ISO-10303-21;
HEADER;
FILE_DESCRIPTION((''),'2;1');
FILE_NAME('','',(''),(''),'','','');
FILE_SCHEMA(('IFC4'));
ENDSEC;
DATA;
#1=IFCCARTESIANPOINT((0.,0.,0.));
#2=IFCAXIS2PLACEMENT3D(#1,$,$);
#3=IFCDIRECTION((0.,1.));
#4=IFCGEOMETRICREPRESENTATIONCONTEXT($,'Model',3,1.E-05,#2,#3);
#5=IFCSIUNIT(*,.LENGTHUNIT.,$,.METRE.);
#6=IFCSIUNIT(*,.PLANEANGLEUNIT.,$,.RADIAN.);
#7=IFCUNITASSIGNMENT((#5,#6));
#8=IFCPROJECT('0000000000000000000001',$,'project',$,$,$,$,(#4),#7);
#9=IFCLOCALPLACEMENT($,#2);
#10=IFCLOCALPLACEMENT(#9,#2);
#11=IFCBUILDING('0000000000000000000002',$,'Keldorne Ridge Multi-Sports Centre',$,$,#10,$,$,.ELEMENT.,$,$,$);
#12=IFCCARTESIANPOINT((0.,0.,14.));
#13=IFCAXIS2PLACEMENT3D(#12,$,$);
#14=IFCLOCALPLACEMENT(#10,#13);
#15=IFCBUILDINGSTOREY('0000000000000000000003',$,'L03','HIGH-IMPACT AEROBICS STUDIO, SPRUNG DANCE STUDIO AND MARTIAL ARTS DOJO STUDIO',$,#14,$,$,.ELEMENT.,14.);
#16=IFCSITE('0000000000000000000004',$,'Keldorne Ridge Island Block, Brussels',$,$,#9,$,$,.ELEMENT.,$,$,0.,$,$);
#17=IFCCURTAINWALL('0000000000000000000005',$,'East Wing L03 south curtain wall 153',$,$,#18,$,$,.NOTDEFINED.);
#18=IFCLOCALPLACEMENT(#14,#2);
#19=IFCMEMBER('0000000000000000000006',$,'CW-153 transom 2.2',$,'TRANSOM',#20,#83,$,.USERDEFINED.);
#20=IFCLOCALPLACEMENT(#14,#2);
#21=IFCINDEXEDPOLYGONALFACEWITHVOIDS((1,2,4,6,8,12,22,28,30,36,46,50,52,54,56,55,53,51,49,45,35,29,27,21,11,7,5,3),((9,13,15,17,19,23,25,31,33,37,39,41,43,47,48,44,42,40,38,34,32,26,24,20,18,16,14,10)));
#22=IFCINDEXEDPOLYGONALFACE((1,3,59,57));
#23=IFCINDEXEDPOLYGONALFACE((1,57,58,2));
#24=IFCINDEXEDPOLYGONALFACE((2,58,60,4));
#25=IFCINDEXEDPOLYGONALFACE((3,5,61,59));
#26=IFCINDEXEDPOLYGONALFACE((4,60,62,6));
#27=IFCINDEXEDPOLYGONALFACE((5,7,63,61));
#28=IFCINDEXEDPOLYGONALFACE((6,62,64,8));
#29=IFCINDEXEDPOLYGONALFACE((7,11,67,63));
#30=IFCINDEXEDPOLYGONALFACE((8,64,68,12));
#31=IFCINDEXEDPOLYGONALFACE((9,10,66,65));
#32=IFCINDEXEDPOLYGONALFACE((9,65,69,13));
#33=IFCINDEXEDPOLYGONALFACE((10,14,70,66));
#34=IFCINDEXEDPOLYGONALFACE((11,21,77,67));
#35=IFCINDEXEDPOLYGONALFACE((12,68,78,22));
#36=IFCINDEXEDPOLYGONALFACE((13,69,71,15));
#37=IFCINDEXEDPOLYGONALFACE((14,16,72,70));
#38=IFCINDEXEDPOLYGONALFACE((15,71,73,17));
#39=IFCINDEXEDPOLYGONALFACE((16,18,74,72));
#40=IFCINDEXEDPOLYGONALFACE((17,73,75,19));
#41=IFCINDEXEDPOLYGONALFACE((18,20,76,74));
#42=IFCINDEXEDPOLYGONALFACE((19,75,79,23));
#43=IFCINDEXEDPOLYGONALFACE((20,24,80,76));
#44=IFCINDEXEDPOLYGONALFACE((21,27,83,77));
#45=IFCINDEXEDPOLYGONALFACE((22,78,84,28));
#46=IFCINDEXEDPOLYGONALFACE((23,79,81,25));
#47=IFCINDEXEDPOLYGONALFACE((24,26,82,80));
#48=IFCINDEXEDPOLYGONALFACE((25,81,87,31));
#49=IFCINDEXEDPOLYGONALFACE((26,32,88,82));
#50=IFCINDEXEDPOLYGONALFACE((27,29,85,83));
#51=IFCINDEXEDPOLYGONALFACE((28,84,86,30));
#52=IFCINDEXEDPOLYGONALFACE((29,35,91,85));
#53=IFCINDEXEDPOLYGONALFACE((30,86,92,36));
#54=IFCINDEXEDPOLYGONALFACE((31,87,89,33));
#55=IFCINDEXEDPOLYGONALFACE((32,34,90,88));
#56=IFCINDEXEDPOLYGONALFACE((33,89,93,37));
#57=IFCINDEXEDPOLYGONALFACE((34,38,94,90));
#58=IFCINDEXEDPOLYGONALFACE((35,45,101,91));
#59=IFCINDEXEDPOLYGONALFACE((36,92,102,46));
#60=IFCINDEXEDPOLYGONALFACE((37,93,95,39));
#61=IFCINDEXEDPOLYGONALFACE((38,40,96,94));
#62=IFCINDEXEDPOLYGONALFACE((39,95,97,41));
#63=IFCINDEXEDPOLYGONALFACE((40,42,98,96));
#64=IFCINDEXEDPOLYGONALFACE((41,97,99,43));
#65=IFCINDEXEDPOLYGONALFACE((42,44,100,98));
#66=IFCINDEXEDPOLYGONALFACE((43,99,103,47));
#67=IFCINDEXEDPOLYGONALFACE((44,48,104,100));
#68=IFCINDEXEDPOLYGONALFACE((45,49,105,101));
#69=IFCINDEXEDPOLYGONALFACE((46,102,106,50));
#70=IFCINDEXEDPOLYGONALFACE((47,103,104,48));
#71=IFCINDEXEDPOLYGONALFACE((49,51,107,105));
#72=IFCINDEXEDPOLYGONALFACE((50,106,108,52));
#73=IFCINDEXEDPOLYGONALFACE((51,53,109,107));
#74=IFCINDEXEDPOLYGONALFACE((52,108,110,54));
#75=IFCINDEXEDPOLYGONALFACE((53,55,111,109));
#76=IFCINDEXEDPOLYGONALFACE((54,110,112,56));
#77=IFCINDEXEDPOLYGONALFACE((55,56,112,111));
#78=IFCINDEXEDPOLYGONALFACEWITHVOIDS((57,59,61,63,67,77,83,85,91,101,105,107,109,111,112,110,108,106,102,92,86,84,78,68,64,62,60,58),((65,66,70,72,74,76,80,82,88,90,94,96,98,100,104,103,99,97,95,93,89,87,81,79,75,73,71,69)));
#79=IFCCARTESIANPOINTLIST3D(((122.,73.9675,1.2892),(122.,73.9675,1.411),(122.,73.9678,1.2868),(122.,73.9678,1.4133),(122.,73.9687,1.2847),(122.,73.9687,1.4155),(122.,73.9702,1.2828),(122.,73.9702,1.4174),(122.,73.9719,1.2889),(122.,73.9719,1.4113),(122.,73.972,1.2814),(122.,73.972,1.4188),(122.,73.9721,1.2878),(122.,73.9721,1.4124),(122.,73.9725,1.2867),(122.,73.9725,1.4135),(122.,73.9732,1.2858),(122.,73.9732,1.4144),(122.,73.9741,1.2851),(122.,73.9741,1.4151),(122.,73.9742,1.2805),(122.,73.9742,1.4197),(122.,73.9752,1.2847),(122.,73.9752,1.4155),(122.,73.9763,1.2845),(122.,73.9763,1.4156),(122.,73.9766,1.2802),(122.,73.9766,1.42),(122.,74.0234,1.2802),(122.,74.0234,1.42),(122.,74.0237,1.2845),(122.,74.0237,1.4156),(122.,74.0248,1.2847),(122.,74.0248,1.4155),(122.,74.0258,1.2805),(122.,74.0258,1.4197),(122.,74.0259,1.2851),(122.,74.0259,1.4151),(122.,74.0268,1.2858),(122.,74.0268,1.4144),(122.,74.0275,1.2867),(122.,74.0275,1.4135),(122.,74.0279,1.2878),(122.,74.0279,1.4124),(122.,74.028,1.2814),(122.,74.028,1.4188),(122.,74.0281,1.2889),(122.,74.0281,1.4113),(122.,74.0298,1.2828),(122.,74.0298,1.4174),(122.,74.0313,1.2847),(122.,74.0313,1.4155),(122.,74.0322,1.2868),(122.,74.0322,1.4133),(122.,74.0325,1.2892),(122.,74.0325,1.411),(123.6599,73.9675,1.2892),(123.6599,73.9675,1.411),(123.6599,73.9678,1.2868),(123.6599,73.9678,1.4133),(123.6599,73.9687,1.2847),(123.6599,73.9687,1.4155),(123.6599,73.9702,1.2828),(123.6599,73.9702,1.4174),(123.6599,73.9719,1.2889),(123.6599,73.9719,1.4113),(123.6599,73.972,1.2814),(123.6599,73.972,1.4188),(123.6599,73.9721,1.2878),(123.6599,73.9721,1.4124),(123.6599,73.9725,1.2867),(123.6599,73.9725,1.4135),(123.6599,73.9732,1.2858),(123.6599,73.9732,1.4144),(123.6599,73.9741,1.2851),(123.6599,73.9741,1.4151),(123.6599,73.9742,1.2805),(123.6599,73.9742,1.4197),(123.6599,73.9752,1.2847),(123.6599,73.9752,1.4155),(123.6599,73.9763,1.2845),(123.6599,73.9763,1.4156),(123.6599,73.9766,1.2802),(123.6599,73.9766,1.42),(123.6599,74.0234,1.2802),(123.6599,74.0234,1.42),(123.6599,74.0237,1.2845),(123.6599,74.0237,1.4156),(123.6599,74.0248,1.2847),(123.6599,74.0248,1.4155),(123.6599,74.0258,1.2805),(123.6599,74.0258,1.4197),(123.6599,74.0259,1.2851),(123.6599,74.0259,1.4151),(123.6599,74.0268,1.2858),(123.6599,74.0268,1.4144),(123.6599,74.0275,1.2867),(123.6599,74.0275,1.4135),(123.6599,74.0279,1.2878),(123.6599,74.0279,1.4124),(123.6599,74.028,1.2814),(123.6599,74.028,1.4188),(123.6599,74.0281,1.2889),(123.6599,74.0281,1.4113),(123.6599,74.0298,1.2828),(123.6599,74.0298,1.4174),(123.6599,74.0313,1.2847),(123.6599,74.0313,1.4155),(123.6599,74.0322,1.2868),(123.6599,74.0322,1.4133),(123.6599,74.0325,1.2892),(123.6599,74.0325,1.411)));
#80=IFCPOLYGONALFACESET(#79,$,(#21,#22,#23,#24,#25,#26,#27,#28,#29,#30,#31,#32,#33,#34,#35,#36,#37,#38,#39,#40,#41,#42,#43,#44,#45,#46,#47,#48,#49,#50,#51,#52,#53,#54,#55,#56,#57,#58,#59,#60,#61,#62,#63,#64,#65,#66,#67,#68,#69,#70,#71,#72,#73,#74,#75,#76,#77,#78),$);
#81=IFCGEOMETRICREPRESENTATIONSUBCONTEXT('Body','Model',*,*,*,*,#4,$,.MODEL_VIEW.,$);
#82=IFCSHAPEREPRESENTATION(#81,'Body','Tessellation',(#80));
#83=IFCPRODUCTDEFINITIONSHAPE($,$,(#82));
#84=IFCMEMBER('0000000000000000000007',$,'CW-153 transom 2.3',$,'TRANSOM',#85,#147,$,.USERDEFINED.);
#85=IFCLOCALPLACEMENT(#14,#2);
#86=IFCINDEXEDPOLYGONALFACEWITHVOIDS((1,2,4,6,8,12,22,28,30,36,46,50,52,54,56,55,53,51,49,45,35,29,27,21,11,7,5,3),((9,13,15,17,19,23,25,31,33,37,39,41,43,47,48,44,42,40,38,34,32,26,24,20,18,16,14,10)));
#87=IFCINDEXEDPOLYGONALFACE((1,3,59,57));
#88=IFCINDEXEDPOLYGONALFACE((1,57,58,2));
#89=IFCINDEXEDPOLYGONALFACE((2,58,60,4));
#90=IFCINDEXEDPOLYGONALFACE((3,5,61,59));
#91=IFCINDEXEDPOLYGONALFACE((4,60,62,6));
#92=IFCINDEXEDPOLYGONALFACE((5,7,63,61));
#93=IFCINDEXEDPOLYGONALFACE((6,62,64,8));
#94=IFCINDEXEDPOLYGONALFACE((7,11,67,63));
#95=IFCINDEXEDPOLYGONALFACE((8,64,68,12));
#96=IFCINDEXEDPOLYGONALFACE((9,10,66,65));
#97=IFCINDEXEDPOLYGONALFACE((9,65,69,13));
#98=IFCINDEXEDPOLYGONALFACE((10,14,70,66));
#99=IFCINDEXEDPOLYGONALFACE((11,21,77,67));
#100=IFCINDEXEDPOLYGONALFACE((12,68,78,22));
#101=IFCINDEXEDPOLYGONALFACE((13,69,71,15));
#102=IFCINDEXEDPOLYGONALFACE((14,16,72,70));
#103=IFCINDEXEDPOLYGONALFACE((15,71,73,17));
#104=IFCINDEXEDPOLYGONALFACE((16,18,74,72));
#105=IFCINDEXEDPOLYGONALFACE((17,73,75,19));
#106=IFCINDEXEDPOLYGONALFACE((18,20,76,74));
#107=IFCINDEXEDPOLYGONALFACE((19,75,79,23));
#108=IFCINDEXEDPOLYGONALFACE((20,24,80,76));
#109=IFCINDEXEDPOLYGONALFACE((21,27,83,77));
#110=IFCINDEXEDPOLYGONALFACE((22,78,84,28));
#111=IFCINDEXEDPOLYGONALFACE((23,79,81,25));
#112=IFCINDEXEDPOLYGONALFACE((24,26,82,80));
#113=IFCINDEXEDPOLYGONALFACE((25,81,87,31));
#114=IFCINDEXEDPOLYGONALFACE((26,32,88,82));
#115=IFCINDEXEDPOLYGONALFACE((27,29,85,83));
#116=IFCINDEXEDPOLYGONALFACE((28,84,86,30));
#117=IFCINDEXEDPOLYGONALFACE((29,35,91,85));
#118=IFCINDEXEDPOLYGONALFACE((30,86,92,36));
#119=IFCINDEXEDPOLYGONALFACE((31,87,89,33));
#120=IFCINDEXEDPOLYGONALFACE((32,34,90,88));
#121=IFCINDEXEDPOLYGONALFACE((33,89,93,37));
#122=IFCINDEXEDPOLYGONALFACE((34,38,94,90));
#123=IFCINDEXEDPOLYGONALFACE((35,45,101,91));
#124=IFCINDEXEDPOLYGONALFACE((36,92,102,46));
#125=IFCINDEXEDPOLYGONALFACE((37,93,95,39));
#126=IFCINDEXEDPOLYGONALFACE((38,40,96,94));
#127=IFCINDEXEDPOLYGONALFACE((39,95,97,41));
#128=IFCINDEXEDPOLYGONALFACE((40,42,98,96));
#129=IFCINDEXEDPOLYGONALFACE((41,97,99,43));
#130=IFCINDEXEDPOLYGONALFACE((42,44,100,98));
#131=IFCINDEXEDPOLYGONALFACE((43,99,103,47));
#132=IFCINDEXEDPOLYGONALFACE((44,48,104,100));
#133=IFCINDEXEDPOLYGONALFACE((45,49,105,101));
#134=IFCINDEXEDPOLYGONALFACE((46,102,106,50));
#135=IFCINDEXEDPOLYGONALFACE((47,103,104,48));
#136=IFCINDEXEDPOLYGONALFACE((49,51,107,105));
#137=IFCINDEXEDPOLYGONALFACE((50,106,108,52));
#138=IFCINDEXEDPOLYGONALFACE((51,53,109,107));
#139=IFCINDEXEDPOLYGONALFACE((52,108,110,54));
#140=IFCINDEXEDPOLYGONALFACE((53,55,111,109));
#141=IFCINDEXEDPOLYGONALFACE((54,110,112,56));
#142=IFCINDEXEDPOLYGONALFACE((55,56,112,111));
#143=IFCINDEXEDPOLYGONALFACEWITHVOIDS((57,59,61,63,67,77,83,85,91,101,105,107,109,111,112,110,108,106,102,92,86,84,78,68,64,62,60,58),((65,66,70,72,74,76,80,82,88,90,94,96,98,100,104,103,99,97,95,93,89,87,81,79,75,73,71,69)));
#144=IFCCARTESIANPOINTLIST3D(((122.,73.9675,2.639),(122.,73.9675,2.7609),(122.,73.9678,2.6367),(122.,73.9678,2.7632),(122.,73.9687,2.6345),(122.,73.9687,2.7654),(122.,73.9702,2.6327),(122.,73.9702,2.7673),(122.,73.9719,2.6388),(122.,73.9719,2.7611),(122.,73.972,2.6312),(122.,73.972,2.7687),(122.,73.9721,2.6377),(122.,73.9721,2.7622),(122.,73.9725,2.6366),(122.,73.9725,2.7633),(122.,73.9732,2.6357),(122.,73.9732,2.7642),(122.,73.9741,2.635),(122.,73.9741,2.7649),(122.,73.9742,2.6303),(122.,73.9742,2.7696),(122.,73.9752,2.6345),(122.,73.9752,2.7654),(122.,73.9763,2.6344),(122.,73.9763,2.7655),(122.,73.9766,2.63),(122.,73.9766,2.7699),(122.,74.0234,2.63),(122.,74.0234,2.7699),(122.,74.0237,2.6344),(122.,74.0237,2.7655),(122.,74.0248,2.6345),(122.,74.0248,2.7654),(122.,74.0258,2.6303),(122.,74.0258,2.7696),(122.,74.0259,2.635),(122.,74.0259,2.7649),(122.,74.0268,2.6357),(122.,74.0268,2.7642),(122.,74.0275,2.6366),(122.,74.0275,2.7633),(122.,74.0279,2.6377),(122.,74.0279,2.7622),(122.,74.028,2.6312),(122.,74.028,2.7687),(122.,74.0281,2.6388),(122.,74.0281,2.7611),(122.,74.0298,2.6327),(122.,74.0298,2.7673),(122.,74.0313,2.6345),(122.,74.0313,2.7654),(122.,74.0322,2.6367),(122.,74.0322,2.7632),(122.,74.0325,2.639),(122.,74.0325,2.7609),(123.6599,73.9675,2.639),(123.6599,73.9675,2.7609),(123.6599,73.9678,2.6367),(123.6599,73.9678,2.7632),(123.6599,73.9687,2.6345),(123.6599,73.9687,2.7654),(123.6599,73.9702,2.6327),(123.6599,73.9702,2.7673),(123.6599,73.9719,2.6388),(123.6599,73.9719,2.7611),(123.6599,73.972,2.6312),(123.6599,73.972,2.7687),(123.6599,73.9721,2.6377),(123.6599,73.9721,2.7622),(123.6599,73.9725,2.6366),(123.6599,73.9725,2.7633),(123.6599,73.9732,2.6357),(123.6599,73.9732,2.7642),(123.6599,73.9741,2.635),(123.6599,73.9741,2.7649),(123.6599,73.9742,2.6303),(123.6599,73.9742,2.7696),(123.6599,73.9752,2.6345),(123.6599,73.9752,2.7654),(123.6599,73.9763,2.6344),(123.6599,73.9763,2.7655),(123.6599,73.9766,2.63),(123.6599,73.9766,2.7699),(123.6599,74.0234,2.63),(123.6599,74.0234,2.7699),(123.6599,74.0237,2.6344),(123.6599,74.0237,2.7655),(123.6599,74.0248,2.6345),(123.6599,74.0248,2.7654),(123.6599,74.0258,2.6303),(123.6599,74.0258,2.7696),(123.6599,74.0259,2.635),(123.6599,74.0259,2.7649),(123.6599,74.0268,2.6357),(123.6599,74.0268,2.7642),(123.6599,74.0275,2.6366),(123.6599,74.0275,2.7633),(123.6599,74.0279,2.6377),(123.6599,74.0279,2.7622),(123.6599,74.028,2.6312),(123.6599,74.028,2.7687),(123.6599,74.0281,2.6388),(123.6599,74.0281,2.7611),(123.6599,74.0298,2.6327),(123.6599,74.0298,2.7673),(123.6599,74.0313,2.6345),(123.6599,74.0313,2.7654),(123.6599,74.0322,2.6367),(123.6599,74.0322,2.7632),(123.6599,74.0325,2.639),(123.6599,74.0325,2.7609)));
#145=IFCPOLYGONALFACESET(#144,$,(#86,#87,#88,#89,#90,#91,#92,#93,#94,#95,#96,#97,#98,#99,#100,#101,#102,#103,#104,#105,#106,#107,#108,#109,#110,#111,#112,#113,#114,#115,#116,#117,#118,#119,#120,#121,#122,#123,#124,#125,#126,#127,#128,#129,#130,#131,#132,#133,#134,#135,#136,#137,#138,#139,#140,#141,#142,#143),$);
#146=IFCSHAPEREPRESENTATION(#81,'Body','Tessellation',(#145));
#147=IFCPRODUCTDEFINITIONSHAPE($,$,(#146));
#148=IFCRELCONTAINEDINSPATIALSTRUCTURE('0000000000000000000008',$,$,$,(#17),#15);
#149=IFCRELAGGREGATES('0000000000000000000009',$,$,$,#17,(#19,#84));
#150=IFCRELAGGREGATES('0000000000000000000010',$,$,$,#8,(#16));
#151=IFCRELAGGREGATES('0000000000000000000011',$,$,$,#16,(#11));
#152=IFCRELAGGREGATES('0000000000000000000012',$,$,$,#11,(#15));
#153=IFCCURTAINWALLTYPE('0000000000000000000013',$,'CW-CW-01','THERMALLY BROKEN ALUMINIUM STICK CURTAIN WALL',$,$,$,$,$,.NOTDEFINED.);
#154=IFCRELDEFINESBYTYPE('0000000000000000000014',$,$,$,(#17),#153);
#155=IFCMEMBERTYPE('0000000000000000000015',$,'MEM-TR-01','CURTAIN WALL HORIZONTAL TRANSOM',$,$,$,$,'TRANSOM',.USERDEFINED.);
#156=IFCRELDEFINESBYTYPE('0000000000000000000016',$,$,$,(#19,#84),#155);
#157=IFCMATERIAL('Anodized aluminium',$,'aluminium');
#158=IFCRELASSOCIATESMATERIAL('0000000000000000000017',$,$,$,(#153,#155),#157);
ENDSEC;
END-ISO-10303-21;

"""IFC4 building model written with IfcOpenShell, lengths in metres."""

from ifc_helpers import new_model, si_unit, direction, frame, origin, origin_2d, place, context, subcontext, project, spatial, hollow_rectangle, extrude, material, material_profile, profile_set, type_object, element, aggregate, save


model = new_model("IFC4")

# Units and contexts
model_context = context("Model", 3, precision=1e-05, world=origin(), true_north=direction((0.0, 1.0)))
body_context = subcontext(model_context, "Body", "Model", "MODEL_VIEW")
ifc_project = project(units=[si_unit("LENGTHUNIT", "METRE"), si_unit("PLANEANGLEUNIT", "RADIAN")], contexts=[model_context])

# Site, building, storey
site_placement = place(None, origin())
site = spatial("IfcSite", under=ifc_project, at=site_placement, Name="Keldorne Ridge Island Block, Brussels", CompositionType="ELEMENT", RefElevation=0.0)
building_placement = place(site_placement, origin())
building = spatial("IfcBuilding", under=site, at=building_placement, Name="Keldorne Ridge Multi-Sports Centre", CompositionType="ELEMENT")
storey_placement = place(building_placement, frame((0.0, 0.0, 14.0)))
storey = spatial("IfcBuildingStorey", under=building, at=storey_placement, Name="L03", Description="HIGH-IMPACT AEROBICS STUDIO, SPRUNG DANCE STUDIO AND MARTIAL ARTS DOJO STUDIO", CompositionType="ELEMENT", Elevation=14.0)

# Curtain wall
ifc_material_1 = material(Name="Anodized aluminium", Category="aluminium")
curtain_wall_type_1 = type_object("IfcCurtainWallType", Name="CW-CW-01", Description="THERMALLY BROKEN ALUMINIUM STICK CURTAIN WALL", PredefinedType="NOTDEFINED", material=ifc_material_1)
curtain_wall_1_placement = place(storey_placement, origin())
curtain_wall_1 = element("IfcCurtainWall", 1, at=curtain_wall_1_placement, inside=storey, type_object=curtain_wall_type_1, Name="East Wing L03 south curtain wall 153", PredefinedType="NOTDEFINED")

# Members
ifc_material_profile_1 = material_profile(ifc_material_1, hollow_rectangle(XDim=0.0649, YDim=0.1399, WallThickness=0.0044, InnerFilletRadius=0.0044, OuterFilletRadius=0.009, at=origin_2d()), Name="ALU TRANSOM 140x65x4.5")
ifc_profile_set_1 = profile_set([ifc_material_profile_1], Name="Anodized aluminium")
member_type_1 = type_object("IfcMemberType", Name="MEM-TR-01", Description="CURTAIN WALL HORIZONTAL TRANSOM", ElementType="TRANSOM", PredefinedType="USERDEFINED", material=ifc_profile_set_1)
member_1_placement = place(storey_placement, frame((122.0, 74.0, 1.3501), z_axis=(1.0, 0.0, 0.0), x_axis=(0.0, 1.0, 0.0)))
member_1 = element("IfcMember", 2, at=member_1_placement, type_object=member_type_1, Name="CW-153 transom 2.2", ObjectType="TRANSOM", PredefinedType="USERDEFINED", context=body_context, shape_type="SweptSolid", body=[
    extrude(hollow_rectangle(XDim=0.0649, YDim=0.1399, WallThickness=0.0044, InnerFilletRadius=0.0044, OuterFilletRadius=0.009, at=origin_2d()), origin(), (0.0, 0.0, 1.0), 1.6599),
])
member_2_placement = place(storey_placement, frame((122.0, 74.0, 2.7), z_axis=(1.0, 0.0, 0.0), x_axis=(0.0, 1.0, 0.0)))
member_2 = element("IfcMember", 3, at=member_2_placement, type_object=member_type_1, Name="CW-153 transom 2.3", ObjectType="TRANSOM", PredefinedType="USERDEFINED", context=body_context, shape_type="SweptSolid", body=[
    extrude(hollow_rectangle(XDim=0.0649, YDim=0.1399, WallThickness=0.0044, InnerFilletRadius=0.0044, OuterFilletRadius=0.009, at=origin_2d()), origin(), (0.0, 0.0, 1.0), 1.6599),
])

aggregate(curtain_wall_1, [member_1, member_2])

save(model, "model.ifc")
